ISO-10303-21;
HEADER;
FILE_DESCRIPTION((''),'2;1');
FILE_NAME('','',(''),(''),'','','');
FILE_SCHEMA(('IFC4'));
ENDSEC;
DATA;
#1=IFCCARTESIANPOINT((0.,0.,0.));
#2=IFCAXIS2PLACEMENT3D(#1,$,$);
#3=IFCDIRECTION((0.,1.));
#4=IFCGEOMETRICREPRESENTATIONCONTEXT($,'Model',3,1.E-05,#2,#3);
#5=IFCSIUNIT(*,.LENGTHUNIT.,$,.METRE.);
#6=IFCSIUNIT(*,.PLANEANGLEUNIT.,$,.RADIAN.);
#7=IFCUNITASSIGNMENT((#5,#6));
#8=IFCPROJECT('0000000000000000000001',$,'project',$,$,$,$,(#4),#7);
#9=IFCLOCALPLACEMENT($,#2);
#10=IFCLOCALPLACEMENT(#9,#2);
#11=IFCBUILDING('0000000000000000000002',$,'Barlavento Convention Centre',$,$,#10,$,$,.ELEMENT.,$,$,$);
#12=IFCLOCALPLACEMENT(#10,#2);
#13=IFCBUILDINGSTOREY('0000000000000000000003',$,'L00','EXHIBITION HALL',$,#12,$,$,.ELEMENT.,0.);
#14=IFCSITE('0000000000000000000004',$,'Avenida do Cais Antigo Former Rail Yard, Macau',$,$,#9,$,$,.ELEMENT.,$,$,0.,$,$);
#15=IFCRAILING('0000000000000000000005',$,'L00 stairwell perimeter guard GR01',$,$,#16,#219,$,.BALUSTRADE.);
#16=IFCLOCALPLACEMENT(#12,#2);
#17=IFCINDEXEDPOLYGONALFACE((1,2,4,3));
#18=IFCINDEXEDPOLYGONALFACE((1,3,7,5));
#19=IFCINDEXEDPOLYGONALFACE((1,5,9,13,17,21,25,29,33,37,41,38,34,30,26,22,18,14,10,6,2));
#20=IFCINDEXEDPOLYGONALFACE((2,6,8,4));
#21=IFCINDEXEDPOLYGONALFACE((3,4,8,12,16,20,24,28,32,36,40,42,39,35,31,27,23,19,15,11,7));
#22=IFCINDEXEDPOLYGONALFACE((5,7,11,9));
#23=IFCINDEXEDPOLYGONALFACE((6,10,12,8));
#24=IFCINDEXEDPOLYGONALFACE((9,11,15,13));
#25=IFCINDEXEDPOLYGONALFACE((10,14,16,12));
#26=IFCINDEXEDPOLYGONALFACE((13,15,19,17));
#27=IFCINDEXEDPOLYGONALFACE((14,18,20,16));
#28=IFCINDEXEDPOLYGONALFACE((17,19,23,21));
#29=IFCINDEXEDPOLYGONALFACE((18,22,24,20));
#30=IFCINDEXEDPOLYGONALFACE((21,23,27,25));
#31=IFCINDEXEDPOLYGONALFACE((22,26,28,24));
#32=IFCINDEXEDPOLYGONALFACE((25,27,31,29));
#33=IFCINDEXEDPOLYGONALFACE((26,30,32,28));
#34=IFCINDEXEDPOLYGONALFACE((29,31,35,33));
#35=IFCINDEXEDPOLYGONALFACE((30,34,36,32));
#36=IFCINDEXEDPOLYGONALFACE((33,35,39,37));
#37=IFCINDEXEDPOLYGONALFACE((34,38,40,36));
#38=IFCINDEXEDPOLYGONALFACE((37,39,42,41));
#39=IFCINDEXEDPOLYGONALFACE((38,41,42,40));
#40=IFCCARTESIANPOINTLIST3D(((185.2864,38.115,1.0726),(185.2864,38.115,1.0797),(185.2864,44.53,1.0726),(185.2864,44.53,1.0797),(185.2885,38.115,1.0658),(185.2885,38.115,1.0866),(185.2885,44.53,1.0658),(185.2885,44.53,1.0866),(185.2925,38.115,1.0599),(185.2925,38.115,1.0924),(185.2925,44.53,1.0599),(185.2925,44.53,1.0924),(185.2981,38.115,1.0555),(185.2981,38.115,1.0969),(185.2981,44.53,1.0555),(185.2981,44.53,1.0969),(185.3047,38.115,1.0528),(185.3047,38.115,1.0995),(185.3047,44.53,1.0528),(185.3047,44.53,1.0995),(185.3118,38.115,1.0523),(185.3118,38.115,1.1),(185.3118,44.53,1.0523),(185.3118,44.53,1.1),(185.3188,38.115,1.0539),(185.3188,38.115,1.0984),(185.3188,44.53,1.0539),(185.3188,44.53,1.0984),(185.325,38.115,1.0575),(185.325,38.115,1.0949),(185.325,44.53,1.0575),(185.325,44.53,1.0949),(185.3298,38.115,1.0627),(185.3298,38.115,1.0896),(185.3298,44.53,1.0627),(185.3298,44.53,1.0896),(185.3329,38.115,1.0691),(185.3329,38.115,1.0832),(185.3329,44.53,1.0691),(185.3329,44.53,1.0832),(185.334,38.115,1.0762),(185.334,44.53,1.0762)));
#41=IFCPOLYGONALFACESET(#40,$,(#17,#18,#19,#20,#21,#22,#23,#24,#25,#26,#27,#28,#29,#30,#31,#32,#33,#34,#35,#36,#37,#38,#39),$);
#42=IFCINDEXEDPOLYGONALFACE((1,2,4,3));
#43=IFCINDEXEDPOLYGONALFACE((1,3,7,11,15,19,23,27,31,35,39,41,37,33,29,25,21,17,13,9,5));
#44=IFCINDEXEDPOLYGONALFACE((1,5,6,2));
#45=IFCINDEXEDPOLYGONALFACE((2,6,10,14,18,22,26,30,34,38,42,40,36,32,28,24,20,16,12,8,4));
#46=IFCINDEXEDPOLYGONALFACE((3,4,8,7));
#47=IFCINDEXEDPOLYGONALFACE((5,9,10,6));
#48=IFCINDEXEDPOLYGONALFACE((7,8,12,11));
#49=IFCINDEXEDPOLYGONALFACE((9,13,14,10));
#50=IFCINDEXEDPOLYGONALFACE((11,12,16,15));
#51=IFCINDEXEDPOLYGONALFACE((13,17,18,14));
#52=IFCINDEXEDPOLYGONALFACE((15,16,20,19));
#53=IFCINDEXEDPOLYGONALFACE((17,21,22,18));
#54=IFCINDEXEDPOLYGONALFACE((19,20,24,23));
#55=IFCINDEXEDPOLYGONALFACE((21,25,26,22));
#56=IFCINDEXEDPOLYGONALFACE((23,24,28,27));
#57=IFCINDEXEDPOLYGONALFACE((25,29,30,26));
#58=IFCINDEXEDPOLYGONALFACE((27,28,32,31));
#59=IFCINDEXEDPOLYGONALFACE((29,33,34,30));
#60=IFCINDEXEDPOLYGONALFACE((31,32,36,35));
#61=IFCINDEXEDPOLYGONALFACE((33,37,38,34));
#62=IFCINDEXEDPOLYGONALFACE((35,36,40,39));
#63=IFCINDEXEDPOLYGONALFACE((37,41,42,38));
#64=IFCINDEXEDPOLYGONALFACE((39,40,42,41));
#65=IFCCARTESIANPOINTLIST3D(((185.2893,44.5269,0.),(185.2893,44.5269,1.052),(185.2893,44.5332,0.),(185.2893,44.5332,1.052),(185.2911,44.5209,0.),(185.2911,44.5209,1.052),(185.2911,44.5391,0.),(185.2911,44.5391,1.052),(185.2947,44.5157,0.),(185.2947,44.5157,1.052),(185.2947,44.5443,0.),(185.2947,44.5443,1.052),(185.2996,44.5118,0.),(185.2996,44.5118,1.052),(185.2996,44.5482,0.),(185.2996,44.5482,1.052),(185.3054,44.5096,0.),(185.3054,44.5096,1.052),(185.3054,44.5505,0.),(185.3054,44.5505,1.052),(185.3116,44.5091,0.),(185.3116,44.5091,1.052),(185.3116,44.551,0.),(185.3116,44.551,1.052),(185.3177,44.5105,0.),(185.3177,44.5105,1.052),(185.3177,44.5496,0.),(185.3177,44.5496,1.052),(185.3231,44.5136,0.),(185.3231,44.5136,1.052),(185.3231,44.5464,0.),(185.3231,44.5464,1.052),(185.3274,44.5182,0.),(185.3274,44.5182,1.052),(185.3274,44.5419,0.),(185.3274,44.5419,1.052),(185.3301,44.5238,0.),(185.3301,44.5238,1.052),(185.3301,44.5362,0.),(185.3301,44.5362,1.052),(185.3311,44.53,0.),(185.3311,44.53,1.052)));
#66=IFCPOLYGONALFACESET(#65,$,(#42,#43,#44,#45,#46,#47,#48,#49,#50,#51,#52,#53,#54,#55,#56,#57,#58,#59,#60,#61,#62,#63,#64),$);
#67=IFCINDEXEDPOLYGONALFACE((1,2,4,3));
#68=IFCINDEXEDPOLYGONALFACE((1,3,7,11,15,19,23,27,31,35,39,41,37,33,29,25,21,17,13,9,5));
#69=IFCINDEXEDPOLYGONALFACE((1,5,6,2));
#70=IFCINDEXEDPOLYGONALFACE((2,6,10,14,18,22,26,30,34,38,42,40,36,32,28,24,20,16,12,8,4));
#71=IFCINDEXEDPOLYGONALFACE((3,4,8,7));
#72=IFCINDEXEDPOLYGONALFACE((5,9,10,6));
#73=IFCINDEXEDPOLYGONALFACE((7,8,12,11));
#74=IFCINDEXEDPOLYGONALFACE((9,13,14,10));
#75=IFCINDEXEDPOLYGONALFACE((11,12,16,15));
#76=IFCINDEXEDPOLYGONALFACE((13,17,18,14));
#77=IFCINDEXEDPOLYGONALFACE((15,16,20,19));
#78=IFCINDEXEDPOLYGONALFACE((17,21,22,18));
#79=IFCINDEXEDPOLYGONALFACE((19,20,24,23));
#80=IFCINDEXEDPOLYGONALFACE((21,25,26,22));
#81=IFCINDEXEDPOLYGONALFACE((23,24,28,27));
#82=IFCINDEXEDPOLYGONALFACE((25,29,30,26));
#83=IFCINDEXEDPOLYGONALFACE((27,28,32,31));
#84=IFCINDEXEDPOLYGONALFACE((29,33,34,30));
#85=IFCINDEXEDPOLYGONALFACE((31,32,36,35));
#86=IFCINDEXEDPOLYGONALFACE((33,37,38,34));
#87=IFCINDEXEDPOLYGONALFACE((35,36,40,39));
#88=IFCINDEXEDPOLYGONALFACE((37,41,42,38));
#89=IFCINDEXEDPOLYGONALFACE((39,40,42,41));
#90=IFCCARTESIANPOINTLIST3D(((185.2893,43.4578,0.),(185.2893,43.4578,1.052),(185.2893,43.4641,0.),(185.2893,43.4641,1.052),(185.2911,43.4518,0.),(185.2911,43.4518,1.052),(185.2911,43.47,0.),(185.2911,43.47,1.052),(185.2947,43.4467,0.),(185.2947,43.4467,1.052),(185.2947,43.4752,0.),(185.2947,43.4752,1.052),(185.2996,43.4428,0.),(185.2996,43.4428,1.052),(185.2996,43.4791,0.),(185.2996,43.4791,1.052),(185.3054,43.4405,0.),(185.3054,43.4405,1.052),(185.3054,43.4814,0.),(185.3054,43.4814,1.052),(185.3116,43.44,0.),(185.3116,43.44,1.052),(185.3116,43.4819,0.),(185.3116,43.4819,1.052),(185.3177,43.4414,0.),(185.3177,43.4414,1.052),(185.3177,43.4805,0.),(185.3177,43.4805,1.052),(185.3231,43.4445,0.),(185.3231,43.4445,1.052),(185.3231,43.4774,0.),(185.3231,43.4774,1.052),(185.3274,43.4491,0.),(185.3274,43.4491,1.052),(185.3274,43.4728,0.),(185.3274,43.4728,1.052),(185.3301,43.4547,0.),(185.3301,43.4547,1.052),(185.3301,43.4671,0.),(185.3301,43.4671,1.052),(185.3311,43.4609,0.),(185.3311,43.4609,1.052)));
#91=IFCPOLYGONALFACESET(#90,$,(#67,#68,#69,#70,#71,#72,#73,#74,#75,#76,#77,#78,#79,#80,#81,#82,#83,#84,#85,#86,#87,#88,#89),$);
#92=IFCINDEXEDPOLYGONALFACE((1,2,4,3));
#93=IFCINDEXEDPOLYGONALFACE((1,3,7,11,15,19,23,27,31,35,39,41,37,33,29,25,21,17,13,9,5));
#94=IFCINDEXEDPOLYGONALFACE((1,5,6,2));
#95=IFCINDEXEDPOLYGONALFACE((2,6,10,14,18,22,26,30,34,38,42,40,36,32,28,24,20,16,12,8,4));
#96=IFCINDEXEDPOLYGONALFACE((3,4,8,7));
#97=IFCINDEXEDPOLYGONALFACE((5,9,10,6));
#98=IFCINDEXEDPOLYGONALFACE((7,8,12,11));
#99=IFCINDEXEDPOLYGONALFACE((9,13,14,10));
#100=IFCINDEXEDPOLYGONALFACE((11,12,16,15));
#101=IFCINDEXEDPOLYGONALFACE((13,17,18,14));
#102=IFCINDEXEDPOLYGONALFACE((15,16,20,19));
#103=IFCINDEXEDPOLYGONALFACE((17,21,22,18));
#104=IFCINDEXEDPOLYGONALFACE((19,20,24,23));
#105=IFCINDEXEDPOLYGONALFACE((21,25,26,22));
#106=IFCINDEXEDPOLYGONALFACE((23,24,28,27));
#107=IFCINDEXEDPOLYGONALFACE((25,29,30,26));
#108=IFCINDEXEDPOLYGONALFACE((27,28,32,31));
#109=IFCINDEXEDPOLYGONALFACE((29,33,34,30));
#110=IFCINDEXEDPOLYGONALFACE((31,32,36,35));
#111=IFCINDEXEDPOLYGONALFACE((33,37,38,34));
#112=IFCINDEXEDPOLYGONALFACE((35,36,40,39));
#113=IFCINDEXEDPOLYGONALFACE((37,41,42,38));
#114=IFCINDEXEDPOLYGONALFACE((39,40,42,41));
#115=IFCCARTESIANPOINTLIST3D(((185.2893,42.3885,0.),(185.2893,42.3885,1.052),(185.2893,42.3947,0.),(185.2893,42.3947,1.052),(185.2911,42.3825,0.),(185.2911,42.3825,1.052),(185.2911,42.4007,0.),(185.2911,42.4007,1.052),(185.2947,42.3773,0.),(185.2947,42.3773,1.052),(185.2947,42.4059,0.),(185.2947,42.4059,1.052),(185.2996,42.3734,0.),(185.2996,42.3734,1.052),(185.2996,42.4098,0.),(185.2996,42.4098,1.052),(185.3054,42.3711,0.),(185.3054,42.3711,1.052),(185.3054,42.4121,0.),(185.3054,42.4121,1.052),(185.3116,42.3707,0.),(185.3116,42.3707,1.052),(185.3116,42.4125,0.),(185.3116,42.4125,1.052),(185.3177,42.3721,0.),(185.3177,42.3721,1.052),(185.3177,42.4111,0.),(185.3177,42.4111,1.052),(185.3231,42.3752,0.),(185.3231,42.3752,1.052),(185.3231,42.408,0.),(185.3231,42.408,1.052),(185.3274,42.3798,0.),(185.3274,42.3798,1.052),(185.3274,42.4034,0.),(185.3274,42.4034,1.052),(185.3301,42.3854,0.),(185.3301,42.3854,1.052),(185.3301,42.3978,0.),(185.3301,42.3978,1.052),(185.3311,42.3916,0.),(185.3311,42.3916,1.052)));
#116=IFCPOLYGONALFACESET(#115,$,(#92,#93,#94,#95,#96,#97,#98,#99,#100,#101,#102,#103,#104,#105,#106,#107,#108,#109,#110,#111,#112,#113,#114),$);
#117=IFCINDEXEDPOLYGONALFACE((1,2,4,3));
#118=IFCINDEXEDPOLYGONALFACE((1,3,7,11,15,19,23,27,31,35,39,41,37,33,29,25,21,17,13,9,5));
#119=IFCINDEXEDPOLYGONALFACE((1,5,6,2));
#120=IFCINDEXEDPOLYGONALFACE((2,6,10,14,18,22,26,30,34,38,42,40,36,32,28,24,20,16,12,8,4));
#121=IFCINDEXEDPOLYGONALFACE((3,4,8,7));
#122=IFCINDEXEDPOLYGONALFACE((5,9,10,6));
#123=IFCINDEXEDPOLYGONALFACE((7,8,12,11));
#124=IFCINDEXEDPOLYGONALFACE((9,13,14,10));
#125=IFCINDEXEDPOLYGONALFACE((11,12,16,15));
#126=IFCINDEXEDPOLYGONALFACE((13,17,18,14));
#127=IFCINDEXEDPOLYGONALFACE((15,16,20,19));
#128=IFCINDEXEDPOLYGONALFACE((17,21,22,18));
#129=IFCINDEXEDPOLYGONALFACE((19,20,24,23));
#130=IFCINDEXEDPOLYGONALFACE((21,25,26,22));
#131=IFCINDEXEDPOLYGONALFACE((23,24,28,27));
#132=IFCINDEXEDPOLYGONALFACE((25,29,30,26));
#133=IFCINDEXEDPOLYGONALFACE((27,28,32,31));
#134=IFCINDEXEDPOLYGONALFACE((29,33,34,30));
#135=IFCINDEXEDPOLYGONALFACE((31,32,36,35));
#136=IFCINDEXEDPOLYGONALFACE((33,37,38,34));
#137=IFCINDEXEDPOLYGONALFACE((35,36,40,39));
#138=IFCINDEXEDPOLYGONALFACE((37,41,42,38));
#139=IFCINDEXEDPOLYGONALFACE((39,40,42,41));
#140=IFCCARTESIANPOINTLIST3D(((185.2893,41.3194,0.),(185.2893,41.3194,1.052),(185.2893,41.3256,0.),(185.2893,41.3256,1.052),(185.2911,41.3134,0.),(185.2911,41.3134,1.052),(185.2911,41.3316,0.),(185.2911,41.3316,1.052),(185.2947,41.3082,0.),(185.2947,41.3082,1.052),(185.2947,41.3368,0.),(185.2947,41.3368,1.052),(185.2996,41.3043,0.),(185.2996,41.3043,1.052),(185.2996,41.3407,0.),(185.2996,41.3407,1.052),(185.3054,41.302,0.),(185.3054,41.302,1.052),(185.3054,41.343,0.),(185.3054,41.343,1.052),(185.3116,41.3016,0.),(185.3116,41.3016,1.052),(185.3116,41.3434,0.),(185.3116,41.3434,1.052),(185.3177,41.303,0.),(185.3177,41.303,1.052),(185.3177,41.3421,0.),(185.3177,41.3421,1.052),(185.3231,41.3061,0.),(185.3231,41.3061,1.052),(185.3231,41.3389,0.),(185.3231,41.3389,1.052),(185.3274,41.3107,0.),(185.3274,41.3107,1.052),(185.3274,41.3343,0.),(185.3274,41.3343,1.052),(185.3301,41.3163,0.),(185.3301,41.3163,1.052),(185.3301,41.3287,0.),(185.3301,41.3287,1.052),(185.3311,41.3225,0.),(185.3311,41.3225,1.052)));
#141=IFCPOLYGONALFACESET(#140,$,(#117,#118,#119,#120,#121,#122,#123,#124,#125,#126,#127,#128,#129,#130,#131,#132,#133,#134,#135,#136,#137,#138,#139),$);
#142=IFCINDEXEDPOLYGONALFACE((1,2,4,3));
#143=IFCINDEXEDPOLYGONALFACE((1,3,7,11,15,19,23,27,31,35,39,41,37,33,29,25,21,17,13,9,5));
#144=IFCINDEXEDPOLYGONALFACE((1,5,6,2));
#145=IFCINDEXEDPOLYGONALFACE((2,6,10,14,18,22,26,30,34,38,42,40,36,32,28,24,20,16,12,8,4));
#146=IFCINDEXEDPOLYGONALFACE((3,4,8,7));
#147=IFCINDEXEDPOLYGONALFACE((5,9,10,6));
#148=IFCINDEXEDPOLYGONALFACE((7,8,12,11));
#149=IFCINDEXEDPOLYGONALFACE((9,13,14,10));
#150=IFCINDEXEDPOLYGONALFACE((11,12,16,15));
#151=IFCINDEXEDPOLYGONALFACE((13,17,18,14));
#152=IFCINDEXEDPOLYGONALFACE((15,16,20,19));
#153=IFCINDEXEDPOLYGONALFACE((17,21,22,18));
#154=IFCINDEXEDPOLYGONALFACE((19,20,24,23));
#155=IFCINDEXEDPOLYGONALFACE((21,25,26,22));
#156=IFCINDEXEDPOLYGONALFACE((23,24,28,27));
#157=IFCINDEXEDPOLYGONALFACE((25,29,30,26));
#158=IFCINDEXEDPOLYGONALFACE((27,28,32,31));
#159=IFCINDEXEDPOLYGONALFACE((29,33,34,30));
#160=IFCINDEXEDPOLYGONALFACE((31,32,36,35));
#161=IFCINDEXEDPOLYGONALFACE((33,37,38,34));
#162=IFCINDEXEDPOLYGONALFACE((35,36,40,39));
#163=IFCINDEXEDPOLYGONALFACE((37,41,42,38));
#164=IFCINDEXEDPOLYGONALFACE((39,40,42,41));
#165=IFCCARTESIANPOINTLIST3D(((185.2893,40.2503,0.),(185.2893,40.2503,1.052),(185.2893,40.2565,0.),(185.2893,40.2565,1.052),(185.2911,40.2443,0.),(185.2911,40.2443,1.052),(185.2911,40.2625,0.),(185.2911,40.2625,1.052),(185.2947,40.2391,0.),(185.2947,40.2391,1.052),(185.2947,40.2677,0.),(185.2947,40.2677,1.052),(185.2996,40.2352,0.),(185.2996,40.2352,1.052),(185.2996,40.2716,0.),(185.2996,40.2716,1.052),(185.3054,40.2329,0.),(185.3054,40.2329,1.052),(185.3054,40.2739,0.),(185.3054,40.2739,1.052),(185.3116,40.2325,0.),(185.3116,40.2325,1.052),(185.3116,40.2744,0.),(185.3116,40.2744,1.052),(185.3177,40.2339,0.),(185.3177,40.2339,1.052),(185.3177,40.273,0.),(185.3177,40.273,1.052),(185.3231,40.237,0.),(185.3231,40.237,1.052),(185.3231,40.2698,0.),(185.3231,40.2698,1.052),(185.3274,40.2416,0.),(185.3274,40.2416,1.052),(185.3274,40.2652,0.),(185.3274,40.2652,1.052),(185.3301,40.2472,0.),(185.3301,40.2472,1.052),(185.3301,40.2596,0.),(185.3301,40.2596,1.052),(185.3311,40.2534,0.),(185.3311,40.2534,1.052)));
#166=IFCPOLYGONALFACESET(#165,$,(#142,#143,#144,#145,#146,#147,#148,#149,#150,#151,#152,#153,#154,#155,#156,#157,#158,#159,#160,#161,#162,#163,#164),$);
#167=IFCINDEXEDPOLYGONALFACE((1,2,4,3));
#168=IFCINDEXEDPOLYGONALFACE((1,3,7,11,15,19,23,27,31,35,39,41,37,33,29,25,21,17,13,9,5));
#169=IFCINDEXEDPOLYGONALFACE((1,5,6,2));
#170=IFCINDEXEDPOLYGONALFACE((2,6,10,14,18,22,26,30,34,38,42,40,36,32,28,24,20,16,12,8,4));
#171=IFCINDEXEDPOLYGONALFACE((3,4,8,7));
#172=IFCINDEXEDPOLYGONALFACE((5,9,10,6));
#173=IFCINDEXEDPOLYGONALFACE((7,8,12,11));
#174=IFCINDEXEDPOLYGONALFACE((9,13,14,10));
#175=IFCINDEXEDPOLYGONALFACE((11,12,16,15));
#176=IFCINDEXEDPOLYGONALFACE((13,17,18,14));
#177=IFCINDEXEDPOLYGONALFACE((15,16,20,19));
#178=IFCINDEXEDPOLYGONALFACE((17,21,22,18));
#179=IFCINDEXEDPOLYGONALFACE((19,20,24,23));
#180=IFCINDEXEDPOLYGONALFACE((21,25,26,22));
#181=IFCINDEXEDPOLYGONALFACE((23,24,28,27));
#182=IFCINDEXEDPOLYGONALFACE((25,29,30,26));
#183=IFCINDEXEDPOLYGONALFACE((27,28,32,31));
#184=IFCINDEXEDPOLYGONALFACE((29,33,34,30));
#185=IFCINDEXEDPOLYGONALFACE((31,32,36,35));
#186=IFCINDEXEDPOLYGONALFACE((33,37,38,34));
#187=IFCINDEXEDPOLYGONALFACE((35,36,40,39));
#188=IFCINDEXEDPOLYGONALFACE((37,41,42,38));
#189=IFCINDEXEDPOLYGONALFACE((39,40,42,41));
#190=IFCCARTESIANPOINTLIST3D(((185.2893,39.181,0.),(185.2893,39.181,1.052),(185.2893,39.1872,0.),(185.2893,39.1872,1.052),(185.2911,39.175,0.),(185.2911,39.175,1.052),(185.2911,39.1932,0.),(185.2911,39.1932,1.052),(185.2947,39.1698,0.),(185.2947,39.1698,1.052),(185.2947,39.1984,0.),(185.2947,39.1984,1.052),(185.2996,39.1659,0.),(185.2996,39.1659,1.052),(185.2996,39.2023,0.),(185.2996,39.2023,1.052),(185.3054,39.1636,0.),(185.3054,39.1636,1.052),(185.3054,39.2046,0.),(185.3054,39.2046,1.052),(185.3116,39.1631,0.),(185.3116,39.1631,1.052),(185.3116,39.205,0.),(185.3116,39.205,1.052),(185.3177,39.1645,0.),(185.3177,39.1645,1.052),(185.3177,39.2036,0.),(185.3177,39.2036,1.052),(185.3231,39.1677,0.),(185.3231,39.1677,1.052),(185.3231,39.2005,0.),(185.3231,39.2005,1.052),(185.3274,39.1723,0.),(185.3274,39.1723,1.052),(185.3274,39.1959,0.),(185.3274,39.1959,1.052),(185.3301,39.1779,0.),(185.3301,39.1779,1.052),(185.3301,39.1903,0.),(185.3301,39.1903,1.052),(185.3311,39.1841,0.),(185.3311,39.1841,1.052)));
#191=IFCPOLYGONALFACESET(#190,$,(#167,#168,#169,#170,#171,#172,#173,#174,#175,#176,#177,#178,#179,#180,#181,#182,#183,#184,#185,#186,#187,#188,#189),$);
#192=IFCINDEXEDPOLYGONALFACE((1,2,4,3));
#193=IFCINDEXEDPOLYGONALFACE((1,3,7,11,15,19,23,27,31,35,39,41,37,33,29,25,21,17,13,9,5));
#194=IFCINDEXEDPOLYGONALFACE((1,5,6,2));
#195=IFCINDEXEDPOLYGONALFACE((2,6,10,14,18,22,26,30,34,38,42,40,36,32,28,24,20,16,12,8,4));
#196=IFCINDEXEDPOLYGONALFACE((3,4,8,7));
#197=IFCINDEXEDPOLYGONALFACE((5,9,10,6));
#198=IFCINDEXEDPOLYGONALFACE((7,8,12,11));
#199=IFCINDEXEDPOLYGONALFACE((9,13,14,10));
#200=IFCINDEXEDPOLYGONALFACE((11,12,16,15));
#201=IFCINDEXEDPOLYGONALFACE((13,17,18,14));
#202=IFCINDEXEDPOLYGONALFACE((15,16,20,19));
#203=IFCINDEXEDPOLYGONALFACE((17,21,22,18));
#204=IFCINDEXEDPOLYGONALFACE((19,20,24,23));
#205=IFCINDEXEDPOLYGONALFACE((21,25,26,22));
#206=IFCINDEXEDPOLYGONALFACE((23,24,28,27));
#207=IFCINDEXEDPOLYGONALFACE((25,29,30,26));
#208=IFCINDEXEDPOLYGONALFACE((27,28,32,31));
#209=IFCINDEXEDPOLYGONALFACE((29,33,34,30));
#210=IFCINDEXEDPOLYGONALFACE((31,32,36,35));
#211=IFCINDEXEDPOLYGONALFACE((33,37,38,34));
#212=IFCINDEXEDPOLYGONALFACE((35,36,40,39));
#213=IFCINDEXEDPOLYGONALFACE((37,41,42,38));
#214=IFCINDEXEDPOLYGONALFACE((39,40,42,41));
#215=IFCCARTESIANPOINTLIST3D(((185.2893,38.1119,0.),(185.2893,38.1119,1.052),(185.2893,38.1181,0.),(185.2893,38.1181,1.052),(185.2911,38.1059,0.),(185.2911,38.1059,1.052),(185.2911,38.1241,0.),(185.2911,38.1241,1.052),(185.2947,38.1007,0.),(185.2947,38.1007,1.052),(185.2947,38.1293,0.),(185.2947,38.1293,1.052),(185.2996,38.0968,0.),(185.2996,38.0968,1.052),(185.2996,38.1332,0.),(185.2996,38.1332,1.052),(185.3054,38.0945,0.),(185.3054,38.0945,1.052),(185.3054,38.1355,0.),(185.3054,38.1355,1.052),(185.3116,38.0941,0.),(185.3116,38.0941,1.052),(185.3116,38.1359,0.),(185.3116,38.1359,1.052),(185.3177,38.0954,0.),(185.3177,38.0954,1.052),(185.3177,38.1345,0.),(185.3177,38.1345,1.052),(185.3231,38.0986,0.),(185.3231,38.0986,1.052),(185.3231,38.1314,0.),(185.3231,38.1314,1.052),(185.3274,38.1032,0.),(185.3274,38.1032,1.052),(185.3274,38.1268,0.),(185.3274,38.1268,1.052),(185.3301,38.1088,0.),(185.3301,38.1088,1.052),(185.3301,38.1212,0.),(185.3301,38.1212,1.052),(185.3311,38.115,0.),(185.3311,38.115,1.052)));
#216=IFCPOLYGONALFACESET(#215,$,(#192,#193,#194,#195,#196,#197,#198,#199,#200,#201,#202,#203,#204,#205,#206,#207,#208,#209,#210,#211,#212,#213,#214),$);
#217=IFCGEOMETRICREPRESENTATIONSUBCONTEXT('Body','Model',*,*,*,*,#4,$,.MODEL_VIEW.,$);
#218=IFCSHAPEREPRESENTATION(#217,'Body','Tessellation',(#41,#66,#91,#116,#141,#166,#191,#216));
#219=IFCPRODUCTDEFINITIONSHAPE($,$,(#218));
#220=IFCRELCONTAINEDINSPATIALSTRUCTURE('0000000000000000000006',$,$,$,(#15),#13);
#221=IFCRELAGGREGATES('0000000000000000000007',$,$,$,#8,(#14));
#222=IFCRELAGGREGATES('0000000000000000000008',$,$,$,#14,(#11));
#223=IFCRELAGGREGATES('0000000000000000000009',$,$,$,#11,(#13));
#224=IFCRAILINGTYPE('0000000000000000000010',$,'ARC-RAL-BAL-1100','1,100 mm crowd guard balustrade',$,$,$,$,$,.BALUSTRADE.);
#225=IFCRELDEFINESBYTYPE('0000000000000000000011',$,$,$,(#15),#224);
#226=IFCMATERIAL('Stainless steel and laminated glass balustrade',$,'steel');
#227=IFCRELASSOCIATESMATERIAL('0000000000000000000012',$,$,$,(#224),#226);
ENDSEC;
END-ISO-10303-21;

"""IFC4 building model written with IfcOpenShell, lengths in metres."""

from ifc_helpers import new_model, si_unit, direction, frame, origin, origin_2d, place, context, subcontext, project, spatial, circle, extrude, material, type_object, element, save


model = new_model("IFC4")

# Units and contexts
model_context = context("Model", 3, precision=1e-05, world=origin(), true_north=direction((0.0, 1.0)))
body_context = subcontext(model_context, "Body", "Model", "MODEL_VIEW")
ifc_project = project(units=[si_unit("LENGTHUNIT", "METRE"), si_unit("PLANEANGLEUNIT", "RADIAN")], contexts=[model_context])

# Site, building, storey
site_placement = place(None, origin())
site = spatial("IfcSite", under=ifc_project, at=site_placement, Name="Avenida do Cais Antigo Former Rail Yard, Macau", CompositionType="ELEMENT", RefElevation=0.0)
building_placement = place(site_placement, origin())
building = spatial("IfcBuilding", under=site, at=building_placement, Name="Barlavento Convention Centre", CompositionType="ELEMENT")
storey_placement = place(building_placement, origin())
storey = spatial("IfcBuildingStorey", under=building, at=storey_placement, Name="L00", Description="EXHIBITION HALL", CompositionType="ELEMENT", Elevation=0.0)

# Railing
ifc_material_1 = material(Name="Stainless steel and laminated glass balustrade", Category="steel")
railing_type_1 = type_object("IfcRailingType", Name="ARC-RAL-BAL-1100", Description="1,100 mm crowd guard balustrade", PredefinedType="BALUSTRADE", material=ifc_material_1)
railing_1_placement = place(storey_placement, frame((185.3101, 44.53, 0.0)))
element("IfcRailing", 1, at=railing_1_placement, inside=storey, type_object=railing_type_1, Name="L00 stairwell perimeter guard GR01", PredefinedType="BALUSTRADE", context=body_context, shape_type="SweptSolid", body=[
    extrude(circle(Radius=0.0239, at=origin_2d()), frame((0.0, 0.0, 1.0762), z_axis=(0.0, -1.0, 0.0), x_axis=(1.0, 0.0, 0.0)), (0.0, 0.0, 1.0), 6.415),
    extrude(circle(Radius=0.021, at=origin_2d()), origin(), (0.0, 0.0, 1.0), 1.052),
    extrude(circle(Radius=0.021, at=origin_2d()), frame((0.0, -1.0691, 0.0)), (0.0, 0.0, 1.0), 1.052),
    extrude(circle(Radius=0.021, at=origin_2d()), frame((0.0, -2.1384, 0.0)), (0.0, 0.0, 1.0), 1.052),
    extrude(circle(Radius=0.021, at=origin_2d()), frame((0.0, -3.2075, 0.0)), (0.0, 0.0, 1.0), 1.052),
    extrude(circle(Radius=0.021, at=origin_2d()), frame((0.0, -4.2766, 0.0)), (0.0, 0.0, 1.0), 1.052),
    extrude(circle(Radius=0.021, at=origin_2d()), frame((0.0, -5.3459, 0.0)), (0.0, 0.0, 1.0), 1.052),
    extrude(circle(Radius=0.021, at=origin_2d()), frame((0.0, -6.415, 0.0)), (0.0, 0.0, 1.0), 1.052),
])

save(model, "model.ifc")
